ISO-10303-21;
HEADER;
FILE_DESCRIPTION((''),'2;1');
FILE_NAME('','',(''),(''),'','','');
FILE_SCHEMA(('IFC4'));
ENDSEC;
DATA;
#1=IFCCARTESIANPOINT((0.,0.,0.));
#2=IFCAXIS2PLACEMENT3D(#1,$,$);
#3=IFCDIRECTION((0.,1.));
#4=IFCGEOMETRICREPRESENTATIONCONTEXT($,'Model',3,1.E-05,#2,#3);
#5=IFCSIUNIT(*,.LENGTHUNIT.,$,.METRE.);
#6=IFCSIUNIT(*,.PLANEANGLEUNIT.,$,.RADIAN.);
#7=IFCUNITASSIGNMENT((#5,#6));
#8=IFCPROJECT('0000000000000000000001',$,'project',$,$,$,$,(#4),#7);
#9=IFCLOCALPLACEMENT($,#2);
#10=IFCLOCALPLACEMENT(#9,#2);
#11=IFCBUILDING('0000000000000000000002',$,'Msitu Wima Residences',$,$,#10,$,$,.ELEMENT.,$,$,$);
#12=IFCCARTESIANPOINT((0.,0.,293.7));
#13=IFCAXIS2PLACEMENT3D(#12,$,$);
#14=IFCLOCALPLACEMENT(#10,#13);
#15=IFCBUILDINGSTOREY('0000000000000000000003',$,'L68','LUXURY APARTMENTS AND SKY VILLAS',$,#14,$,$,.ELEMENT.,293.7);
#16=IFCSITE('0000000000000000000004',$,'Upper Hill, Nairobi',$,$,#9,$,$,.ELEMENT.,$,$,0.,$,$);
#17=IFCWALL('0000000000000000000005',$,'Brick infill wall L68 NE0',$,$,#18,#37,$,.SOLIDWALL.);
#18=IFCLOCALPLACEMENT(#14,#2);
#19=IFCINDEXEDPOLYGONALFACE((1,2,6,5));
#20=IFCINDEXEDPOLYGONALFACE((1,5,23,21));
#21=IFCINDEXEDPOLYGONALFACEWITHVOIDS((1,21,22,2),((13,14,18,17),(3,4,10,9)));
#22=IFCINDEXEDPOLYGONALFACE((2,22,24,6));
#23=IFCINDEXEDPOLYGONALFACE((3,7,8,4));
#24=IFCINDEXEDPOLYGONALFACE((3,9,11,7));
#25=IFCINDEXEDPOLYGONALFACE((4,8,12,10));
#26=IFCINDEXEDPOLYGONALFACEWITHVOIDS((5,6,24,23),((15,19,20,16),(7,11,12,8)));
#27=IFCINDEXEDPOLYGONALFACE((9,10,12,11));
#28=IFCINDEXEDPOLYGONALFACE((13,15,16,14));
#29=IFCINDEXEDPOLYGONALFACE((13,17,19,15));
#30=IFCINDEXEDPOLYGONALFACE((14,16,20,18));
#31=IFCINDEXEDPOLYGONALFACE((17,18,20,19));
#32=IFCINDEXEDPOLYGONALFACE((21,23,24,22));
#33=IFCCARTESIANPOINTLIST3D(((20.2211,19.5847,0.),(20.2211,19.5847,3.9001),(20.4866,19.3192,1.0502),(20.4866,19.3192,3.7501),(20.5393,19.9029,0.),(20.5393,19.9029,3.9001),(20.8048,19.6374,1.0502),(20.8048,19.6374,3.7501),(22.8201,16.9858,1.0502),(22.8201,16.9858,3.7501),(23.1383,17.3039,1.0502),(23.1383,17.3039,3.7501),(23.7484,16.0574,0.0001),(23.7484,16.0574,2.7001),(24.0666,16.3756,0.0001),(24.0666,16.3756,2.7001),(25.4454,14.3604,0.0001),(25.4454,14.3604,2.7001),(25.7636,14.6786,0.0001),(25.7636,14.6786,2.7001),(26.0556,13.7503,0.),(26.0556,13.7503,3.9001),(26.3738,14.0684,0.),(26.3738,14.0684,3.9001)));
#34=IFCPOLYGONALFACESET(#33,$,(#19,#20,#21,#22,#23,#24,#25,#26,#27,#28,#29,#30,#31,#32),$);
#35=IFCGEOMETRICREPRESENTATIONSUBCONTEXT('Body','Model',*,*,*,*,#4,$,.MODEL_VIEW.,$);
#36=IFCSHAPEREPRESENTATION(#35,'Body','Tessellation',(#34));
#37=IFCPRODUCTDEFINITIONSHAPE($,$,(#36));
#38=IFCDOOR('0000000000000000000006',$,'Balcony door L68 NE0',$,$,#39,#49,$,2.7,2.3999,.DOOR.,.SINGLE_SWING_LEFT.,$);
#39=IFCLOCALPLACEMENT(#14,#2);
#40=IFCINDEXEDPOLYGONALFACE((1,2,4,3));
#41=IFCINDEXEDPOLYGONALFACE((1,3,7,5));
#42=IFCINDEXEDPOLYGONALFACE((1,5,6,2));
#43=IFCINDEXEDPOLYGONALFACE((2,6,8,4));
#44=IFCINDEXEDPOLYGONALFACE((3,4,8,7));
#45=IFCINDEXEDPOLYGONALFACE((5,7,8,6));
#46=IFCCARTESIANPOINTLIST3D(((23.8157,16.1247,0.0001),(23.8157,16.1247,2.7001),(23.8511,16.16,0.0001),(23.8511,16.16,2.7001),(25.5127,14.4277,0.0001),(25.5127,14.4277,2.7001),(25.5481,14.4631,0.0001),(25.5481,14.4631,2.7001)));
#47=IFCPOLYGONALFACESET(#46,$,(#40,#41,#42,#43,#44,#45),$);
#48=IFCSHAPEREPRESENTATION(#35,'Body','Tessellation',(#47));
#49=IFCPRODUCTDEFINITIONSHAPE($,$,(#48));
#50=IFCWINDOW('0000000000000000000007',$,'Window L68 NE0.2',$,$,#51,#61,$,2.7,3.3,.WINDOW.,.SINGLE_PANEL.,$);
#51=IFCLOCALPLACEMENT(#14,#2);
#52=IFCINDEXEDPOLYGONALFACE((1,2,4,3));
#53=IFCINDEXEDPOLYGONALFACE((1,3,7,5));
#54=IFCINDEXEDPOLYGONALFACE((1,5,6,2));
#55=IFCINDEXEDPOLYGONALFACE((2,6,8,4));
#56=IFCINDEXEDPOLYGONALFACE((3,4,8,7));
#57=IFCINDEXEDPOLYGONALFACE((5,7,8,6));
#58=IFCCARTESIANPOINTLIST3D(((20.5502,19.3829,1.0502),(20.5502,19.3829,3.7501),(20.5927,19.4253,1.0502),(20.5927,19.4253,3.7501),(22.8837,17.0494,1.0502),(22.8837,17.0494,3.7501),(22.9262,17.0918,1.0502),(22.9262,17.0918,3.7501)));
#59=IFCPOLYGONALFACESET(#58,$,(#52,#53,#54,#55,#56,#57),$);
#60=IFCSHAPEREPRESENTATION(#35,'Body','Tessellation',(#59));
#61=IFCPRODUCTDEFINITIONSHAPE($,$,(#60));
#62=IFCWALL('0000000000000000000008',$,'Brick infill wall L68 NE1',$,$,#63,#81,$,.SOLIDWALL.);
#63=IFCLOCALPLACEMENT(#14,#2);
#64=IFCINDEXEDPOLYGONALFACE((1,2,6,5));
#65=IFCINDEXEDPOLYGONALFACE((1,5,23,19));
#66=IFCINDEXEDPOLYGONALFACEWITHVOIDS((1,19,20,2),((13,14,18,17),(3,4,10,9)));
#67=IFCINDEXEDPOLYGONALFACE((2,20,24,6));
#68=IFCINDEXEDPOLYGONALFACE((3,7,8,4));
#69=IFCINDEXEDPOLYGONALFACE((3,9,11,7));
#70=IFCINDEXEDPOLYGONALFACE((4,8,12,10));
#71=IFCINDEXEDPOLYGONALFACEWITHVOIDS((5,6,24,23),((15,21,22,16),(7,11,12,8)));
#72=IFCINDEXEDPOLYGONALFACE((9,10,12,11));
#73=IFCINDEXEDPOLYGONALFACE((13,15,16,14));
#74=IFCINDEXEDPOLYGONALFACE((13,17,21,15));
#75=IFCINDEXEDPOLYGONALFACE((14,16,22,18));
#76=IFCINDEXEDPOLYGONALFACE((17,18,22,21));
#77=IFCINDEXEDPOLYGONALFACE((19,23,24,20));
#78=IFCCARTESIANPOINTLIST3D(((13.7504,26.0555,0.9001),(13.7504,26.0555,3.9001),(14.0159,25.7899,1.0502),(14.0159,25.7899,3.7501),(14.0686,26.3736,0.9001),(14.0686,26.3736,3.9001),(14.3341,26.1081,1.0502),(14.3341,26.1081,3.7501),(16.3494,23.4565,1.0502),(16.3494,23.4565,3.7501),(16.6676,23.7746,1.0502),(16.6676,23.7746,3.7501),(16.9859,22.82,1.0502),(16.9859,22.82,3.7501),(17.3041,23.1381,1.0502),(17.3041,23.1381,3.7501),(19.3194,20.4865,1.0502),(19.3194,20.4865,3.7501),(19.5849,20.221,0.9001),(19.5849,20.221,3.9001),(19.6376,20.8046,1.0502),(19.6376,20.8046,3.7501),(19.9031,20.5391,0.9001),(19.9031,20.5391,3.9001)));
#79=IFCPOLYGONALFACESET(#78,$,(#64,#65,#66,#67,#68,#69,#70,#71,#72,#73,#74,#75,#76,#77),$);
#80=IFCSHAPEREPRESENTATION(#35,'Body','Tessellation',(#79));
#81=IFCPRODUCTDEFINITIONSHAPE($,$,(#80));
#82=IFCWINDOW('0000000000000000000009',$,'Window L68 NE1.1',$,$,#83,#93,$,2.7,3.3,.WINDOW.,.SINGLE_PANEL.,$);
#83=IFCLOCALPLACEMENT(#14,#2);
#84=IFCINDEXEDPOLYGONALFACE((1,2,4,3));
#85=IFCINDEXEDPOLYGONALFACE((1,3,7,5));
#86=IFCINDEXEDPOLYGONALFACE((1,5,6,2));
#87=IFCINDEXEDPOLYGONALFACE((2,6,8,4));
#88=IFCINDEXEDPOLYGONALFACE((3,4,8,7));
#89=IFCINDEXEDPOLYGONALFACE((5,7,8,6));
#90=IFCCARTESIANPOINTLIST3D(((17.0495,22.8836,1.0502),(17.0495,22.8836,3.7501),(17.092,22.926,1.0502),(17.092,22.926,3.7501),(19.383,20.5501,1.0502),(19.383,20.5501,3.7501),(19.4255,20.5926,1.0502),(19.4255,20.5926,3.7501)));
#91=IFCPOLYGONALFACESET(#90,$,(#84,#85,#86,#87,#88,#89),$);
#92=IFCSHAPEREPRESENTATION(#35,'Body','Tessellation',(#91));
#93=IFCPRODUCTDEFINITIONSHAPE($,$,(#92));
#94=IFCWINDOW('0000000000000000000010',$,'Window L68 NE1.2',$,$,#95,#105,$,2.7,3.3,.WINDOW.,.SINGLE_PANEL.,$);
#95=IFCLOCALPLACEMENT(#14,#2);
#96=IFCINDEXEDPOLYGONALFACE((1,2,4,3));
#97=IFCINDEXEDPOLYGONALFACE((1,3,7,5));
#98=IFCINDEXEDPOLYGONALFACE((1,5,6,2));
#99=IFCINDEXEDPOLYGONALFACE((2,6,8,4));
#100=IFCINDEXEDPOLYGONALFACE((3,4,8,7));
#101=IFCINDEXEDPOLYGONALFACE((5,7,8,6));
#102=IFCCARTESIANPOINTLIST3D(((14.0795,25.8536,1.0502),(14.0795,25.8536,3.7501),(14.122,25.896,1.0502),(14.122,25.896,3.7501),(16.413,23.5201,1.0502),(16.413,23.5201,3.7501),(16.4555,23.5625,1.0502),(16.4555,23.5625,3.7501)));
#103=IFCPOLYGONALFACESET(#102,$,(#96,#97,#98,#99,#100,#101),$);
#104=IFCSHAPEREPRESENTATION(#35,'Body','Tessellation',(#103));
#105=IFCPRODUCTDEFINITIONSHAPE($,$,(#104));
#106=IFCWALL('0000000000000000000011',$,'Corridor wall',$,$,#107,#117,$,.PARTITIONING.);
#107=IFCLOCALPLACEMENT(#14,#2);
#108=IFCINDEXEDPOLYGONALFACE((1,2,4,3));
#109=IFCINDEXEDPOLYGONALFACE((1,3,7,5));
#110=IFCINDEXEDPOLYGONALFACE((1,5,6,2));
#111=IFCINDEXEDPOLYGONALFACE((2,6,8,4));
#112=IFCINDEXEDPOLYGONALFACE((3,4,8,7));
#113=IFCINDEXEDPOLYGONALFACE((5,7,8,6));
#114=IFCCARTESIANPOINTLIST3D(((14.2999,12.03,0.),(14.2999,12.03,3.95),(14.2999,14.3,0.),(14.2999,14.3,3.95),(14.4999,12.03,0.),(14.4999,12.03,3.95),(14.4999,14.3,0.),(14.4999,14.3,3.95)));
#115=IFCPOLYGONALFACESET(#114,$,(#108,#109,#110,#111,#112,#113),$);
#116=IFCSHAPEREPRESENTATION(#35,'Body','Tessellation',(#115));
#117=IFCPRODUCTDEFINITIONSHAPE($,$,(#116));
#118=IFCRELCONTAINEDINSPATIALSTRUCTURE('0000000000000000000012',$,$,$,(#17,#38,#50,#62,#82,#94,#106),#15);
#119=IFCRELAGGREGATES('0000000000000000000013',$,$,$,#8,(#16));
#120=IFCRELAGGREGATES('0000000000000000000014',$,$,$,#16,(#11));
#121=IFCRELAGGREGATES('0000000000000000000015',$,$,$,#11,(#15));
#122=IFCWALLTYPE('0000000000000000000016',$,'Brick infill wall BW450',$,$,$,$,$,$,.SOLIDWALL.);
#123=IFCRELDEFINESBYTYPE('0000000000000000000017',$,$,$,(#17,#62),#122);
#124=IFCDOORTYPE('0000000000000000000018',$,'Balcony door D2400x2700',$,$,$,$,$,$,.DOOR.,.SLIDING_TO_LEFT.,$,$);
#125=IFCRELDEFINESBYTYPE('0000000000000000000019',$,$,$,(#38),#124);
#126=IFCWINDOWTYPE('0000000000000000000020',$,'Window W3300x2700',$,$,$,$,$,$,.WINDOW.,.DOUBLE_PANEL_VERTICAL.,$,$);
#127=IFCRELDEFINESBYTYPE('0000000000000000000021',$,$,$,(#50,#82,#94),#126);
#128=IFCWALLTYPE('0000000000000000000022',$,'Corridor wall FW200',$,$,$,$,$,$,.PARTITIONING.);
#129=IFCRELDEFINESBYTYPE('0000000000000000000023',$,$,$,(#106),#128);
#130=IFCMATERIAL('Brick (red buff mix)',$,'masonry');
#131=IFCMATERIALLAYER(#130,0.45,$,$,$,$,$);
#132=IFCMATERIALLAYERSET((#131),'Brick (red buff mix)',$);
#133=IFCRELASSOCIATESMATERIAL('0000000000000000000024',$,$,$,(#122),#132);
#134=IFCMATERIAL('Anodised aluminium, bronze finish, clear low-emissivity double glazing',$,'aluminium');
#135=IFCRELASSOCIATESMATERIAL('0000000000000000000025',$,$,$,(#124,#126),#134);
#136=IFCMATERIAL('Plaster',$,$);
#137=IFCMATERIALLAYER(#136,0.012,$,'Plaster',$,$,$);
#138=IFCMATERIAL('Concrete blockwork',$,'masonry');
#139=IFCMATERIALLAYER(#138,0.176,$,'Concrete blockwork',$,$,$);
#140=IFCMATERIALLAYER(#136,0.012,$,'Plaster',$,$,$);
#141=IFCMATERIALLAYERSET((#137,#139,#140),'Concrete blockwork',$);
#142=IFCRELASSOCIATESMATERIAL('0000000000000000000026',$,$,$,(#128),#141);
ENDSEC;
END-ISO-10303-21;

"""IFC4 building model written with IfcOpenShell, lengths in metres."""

from ifc_helpers import new_model, si_unit, direction, frame, frame_2d, origin, place, context, subcontext, project, spatial, rectangle, extrude, material, layer, layer_set, type_object, element, fill, save


model = new_model("IFC4")

# Units and contexts
model_context = context("Model", 3, precision=1e-05, world=origin(), true_north=direction((0.0, 1.0)))
body_context = subcontext(model_context, "Body", "Model", "MODEL_VIEW")
ifc_project = project(units=[si_unit("LENGTHUNIT", "METRE"), si_unit("PLANEANGLEUNIT", "RADIAN")], contexts=[model_context])

# Site, building, storey
site_placement = place(None, origin())
site = spatial("IfcSite", under=ifc_project, at=site_placement, Name="Upper Hill, Nairobi", CompositionType="ELEMENT", RefElevation=0.0)
building_placement = place(site_placement, origin())
building = spatial("IfcBuilding", under=site, at=building_placement, Name="Msitu Wima Residences", CompositionType="ELEMENT")
storey_placement = place(building_placement, frame((0.0, 0.0, 293.7)))
storey = spatial("IfcBuildingStorey", under=building, at=storey_placement, Name="L68", Description="LUXURY APARTMENTS AND SKY VILLAS", CompositionType="ELEMENT", Elevation=293.7)

# Wall, openings, door, window
ifc_material_1 = material(Name="Brick (red buff mix)", Category="masonry")
ifc_layer_1 = layer(ifc_material_1, 0.45)
ifc_layer_set_1 = layer_set([ifc_layer_1], Name="Brick (red buff mix)")
wall_type_1 = type_object("IfcWallType", Name="Brick infill wall BW450", PredefinedType="SOLIDWALL", material=ifc_layer_set_1)
wall_1_placement = place(storey_placement, frame((26.2146, 13.9094, 0.0), z_axis=(0.0, 0.0, 1.0), x_axis=(-0.707107, 0.707107, 0.0)))
wall_1 = element("IfcWall", 1, at=wall_1_placement, inside=storey, type_object=wall_type_1, Name="Brick infill wall L68 NE0", PredefinedType="SOLIDWALL", context=body_context, shape_type="SweptSolid", body=[
    extrude(rectangle(XDim=8.2512, YDim=0.45, at=frame_2d((4.1255, 0.0))), origin(), (0.0, 0.0, 1.0), 3.9001),
])
opening_1_placement = place(wall_1_placement, frame((0.8628, 0.0, 0.0)))
opening_1 = element("IfcOpeningElement", 2, at=opening_1_placement, cuts=wall_1, PredefinedType="OPENING", context=body_context, shape_type="SweptSolid", body=[
    extrude(rectangle(XDim=2.3999, YDim=2.7, at=frame_2d((1.2, 1.3501))), frame((0.0, 0.2349, 0.0), z_axis=(0.0, -1.0, 0.0), x_axis=(1.0, 0.0, 0.0)), (0.0, 0.0, 1.0), 0.47),
])
opening_2_placement = place(wall_1_placement, frame((4.5757, 0.0, 1.05)))
opening_2 = element("IfcOpeningElement", 3, at=opening_2_placement, cuts=wall_1, PredefinedType="OPENING", context=body_context, shape_type="SweptSolid", body=[
    extrude(rectangle(XDim=3.3, YDim=2.7, at=frame_2d((1.6499, 1.3501))), frame((0.0, 0.2349, 0.0), z_axis=(0.0, -1.0, 0.0), x_axis=(1.0, 0.0, 0.0)), (0.0, 0.0, 1.0), 0.47),
])
ifc_material_2 = material(Name="Anodised aluminium, bronze finish, clear low-emissivity double glazing", Category="aluminium")
door_type_1 = type_object("IfcDoorType", Name="Balcony door D2400x2700", OperationType="SLIDING_TO_LEFT", PredefinedType="DOOR", material=ifc_material_2)
door_1_placement = place(opening_1_placement, origin())
door_1 = element("IfcDoor", 4, at=door_1_placement, inside=storey, type_object=door_type_1, Name="Balcony door L68 NE0", OperationType="SINGLE_SWING_LEFT", OverallHeight=2.7, OverallWidth=2.3999, PredefinedType="DOOR", context=body_context, shape_type="SweptSolid", body=[
    extrude(rectangle(XDim=2.3999, YDim=2.7, at=frame_2d((1.2, 1.3501))), frame((0.0, 0.1299, 0.0), z_axis=(0.0, -1.0, 0.0), x_axis=(1.0, 0.0, 0.0)), (0.0, 0.0, 1.0), 0.05),
])
fill(opening_1, door_1)
window_type = type_object("IfcWindowType", Name="Window W3300x2700", PartitioningType="DOUBLE_PANEL_VERTICAL", PredefinedType="WINDOW", material=ifc_material_2)
window_1_placement = place(opening_2_placement, origin())
window_1 = element("IfcWindow", 5, at=window_1_placement, inside=storey, type_object=window_type, Name="Window L68 NE0.2", OverallHeight=2.7, OverallWidth=3.3, PartitioningType="SINGLE_PANEL", PredefinedType="WINDOW", context=body_context, shape_type="SweptSolid", body=[
    extrude(rectangle(XDim=3.3, YDim=2.7, at=frame_2d((1.6499, 1.3501))), frame((0.0, 0.135, 0.0), z_axis=(0.0, -1.0, 0.0), x_axis=(1.0, 0.0, 0.0)), (0.0, 0.0, 1.0), 0.0601),
])
fill(opening_2, window_1)

# Wall, openings, windows
wall_2_placement = place(storey_placement, frame((19.7439, 20.3801, 0.9001), z_axis=(0.0, 0.0, 1.0), x_axis=(-0.707107, 0.707107, 0.0)))
wall_2 = element("IfcWall", 6, at=wall_2_placement, inside=storey, type_object=wall_type_1, Name="Brick infill wall L68 NE1", PredefinedType="SOLIDWALL", context=body_context, shape_type="SweptSolid", body=[
    extrude(rectangle(XDim=8.2512, YDim=0.45, at=frame_2d((4.1255, 0.0))), origin(), (0.0, 0.0, 1.0), 3.0),
])
opening_3_placement = place(wall_2_placement, frame((0.3755, 0.0, 0.1499)))
opening_3 = element("IfcOpeningElement", 7, at=opening_3_placement, cuts=wall_2, PredefinedType="OPENING", context=body_context, shape_type="SweptSolid", body=[
    extrude(rectangle(XDim=3.3, YDim=2.7, at=frame_2d((1.6499, 1.3501))), frame((0.0, 0.2349, 0.0), z_axis=(0.0, -1.0, 0.0), x_axis=(1.0, 0.0, 0.0)), (0.0, 0.0, 1.0), 0.47),
])
opening_4_placement = place(wall_2_placement, frame((4.5757, 0.0, 0.1499)))
opening_4 = element("IfcOpeningElement", 8, at=opening_4_placement, cuts=wall_2, PredefinedType="OPENING", context=body_context, shape_type="SweptSolid", body=[
    extrude(rectangle(XDim=3.3, YDim=2.7, at=frame_2d((1.6499, 1.3501))), frame((0.0, 0.2349, 0.0), z_axis=(0.0, -1.0, 0.0), x_axis=(1.0, 0.0, 0.0)), (0.0, 0.0, 1.0), 0.47),
])
window_2_placement = place(opening_3_placement, origin())
window_2 = element("IfcWindow", 9, at=window_2_placement, inside=storey, type_object=window_type, Name="Window L68 NE1.1", OverallHeight=2.7, OverallWidth=3.3, PartitioningType="SINGLE_PANEL", PredefinedType="WINDOW", context=body_context, shape_type="SweptSolid", body=[
    extrude(rectangle(XDim=3.3, YDim=2.7, at=frame_2d((1.6499, 1.3501))), frame((0.0, 0.135, 0.0), z_axis=(0.0, -1.0, 0.0), x_axis=(1.0, 0.0, 0.0)), (0.0, 0.0, 1.0), 0.0601),
])
fill(opening_3, window_2)
window_3_placement = place(opening_4_placement, origin())
window_3 = element("IfcWindow", 10, at=window_3_placement, inside=storey, type_object=window_type, Name="Window L68 NE1.2", OverallHeight=2.7, OverallWidth=3.3, PartitioningType="SINGLE_PANEL", PredefinedType="WINDOW", context=body_context, shape_type="SweptSolid", body=[
    extrude(rectangle(XDim=3.3, YDim=2.7, at=frame_2d((1.6499, 1.3501))), frame((0.0, 0.135, 0.0), z_axis=(0.0, -1.0, 0.0), x_axis=(1.0, 0.0, 0.0)), (0.0, 0.0, 1.0), 0.0601),
])
fill(opening_4, window_3)

# Wall
ifc_material_3 = material(Name="Plaster")
ifc_layer_2 = layer(ifc_material_3, 0.012, Name="Plaster")
ifc_material_4 = material(Name="Concrete blockwork", Category="masonry")
ifc_layer_3 = layer(ifc_material_4, 0.176, Name="Concrete blockwork")
ifc_layer_4 = layer(ifc_material_3, 0.012, Name="Plaster")
ifc_layer_set_2 = layer_set([ifc_layer_2, ifc_layer_3, ifc_layer_4], Name="Concrete blockwork")
wall_type_2 = type_object("IfcWallType", Name="Corridor wall FW200", PredefinedType="PARTITIONING", material=ifc_layer_set_2)
wall_3_placement = place(storey_placement, frame((14.3999, 12.03, 0.0), z_axis=(0.0, 0.0, 1.0), x_axis=(0.0, 1.0, 0.0)))
element("IfcWall", 11, at=wall_3_placement, inside=storey, type_object=wall_type_2, Name="Corridor wall", PredefinedType="PARTITIONING", context=body_context, shape_type="SweptSolid", body=[
    extrude(rectangle(XDim=2.27, YDim=0.2, at=frame_2d((1.135, 0.0))), origin(), (0.0, 0.0, 1.0), 3.95),
])

save(model, "model.ifc")
